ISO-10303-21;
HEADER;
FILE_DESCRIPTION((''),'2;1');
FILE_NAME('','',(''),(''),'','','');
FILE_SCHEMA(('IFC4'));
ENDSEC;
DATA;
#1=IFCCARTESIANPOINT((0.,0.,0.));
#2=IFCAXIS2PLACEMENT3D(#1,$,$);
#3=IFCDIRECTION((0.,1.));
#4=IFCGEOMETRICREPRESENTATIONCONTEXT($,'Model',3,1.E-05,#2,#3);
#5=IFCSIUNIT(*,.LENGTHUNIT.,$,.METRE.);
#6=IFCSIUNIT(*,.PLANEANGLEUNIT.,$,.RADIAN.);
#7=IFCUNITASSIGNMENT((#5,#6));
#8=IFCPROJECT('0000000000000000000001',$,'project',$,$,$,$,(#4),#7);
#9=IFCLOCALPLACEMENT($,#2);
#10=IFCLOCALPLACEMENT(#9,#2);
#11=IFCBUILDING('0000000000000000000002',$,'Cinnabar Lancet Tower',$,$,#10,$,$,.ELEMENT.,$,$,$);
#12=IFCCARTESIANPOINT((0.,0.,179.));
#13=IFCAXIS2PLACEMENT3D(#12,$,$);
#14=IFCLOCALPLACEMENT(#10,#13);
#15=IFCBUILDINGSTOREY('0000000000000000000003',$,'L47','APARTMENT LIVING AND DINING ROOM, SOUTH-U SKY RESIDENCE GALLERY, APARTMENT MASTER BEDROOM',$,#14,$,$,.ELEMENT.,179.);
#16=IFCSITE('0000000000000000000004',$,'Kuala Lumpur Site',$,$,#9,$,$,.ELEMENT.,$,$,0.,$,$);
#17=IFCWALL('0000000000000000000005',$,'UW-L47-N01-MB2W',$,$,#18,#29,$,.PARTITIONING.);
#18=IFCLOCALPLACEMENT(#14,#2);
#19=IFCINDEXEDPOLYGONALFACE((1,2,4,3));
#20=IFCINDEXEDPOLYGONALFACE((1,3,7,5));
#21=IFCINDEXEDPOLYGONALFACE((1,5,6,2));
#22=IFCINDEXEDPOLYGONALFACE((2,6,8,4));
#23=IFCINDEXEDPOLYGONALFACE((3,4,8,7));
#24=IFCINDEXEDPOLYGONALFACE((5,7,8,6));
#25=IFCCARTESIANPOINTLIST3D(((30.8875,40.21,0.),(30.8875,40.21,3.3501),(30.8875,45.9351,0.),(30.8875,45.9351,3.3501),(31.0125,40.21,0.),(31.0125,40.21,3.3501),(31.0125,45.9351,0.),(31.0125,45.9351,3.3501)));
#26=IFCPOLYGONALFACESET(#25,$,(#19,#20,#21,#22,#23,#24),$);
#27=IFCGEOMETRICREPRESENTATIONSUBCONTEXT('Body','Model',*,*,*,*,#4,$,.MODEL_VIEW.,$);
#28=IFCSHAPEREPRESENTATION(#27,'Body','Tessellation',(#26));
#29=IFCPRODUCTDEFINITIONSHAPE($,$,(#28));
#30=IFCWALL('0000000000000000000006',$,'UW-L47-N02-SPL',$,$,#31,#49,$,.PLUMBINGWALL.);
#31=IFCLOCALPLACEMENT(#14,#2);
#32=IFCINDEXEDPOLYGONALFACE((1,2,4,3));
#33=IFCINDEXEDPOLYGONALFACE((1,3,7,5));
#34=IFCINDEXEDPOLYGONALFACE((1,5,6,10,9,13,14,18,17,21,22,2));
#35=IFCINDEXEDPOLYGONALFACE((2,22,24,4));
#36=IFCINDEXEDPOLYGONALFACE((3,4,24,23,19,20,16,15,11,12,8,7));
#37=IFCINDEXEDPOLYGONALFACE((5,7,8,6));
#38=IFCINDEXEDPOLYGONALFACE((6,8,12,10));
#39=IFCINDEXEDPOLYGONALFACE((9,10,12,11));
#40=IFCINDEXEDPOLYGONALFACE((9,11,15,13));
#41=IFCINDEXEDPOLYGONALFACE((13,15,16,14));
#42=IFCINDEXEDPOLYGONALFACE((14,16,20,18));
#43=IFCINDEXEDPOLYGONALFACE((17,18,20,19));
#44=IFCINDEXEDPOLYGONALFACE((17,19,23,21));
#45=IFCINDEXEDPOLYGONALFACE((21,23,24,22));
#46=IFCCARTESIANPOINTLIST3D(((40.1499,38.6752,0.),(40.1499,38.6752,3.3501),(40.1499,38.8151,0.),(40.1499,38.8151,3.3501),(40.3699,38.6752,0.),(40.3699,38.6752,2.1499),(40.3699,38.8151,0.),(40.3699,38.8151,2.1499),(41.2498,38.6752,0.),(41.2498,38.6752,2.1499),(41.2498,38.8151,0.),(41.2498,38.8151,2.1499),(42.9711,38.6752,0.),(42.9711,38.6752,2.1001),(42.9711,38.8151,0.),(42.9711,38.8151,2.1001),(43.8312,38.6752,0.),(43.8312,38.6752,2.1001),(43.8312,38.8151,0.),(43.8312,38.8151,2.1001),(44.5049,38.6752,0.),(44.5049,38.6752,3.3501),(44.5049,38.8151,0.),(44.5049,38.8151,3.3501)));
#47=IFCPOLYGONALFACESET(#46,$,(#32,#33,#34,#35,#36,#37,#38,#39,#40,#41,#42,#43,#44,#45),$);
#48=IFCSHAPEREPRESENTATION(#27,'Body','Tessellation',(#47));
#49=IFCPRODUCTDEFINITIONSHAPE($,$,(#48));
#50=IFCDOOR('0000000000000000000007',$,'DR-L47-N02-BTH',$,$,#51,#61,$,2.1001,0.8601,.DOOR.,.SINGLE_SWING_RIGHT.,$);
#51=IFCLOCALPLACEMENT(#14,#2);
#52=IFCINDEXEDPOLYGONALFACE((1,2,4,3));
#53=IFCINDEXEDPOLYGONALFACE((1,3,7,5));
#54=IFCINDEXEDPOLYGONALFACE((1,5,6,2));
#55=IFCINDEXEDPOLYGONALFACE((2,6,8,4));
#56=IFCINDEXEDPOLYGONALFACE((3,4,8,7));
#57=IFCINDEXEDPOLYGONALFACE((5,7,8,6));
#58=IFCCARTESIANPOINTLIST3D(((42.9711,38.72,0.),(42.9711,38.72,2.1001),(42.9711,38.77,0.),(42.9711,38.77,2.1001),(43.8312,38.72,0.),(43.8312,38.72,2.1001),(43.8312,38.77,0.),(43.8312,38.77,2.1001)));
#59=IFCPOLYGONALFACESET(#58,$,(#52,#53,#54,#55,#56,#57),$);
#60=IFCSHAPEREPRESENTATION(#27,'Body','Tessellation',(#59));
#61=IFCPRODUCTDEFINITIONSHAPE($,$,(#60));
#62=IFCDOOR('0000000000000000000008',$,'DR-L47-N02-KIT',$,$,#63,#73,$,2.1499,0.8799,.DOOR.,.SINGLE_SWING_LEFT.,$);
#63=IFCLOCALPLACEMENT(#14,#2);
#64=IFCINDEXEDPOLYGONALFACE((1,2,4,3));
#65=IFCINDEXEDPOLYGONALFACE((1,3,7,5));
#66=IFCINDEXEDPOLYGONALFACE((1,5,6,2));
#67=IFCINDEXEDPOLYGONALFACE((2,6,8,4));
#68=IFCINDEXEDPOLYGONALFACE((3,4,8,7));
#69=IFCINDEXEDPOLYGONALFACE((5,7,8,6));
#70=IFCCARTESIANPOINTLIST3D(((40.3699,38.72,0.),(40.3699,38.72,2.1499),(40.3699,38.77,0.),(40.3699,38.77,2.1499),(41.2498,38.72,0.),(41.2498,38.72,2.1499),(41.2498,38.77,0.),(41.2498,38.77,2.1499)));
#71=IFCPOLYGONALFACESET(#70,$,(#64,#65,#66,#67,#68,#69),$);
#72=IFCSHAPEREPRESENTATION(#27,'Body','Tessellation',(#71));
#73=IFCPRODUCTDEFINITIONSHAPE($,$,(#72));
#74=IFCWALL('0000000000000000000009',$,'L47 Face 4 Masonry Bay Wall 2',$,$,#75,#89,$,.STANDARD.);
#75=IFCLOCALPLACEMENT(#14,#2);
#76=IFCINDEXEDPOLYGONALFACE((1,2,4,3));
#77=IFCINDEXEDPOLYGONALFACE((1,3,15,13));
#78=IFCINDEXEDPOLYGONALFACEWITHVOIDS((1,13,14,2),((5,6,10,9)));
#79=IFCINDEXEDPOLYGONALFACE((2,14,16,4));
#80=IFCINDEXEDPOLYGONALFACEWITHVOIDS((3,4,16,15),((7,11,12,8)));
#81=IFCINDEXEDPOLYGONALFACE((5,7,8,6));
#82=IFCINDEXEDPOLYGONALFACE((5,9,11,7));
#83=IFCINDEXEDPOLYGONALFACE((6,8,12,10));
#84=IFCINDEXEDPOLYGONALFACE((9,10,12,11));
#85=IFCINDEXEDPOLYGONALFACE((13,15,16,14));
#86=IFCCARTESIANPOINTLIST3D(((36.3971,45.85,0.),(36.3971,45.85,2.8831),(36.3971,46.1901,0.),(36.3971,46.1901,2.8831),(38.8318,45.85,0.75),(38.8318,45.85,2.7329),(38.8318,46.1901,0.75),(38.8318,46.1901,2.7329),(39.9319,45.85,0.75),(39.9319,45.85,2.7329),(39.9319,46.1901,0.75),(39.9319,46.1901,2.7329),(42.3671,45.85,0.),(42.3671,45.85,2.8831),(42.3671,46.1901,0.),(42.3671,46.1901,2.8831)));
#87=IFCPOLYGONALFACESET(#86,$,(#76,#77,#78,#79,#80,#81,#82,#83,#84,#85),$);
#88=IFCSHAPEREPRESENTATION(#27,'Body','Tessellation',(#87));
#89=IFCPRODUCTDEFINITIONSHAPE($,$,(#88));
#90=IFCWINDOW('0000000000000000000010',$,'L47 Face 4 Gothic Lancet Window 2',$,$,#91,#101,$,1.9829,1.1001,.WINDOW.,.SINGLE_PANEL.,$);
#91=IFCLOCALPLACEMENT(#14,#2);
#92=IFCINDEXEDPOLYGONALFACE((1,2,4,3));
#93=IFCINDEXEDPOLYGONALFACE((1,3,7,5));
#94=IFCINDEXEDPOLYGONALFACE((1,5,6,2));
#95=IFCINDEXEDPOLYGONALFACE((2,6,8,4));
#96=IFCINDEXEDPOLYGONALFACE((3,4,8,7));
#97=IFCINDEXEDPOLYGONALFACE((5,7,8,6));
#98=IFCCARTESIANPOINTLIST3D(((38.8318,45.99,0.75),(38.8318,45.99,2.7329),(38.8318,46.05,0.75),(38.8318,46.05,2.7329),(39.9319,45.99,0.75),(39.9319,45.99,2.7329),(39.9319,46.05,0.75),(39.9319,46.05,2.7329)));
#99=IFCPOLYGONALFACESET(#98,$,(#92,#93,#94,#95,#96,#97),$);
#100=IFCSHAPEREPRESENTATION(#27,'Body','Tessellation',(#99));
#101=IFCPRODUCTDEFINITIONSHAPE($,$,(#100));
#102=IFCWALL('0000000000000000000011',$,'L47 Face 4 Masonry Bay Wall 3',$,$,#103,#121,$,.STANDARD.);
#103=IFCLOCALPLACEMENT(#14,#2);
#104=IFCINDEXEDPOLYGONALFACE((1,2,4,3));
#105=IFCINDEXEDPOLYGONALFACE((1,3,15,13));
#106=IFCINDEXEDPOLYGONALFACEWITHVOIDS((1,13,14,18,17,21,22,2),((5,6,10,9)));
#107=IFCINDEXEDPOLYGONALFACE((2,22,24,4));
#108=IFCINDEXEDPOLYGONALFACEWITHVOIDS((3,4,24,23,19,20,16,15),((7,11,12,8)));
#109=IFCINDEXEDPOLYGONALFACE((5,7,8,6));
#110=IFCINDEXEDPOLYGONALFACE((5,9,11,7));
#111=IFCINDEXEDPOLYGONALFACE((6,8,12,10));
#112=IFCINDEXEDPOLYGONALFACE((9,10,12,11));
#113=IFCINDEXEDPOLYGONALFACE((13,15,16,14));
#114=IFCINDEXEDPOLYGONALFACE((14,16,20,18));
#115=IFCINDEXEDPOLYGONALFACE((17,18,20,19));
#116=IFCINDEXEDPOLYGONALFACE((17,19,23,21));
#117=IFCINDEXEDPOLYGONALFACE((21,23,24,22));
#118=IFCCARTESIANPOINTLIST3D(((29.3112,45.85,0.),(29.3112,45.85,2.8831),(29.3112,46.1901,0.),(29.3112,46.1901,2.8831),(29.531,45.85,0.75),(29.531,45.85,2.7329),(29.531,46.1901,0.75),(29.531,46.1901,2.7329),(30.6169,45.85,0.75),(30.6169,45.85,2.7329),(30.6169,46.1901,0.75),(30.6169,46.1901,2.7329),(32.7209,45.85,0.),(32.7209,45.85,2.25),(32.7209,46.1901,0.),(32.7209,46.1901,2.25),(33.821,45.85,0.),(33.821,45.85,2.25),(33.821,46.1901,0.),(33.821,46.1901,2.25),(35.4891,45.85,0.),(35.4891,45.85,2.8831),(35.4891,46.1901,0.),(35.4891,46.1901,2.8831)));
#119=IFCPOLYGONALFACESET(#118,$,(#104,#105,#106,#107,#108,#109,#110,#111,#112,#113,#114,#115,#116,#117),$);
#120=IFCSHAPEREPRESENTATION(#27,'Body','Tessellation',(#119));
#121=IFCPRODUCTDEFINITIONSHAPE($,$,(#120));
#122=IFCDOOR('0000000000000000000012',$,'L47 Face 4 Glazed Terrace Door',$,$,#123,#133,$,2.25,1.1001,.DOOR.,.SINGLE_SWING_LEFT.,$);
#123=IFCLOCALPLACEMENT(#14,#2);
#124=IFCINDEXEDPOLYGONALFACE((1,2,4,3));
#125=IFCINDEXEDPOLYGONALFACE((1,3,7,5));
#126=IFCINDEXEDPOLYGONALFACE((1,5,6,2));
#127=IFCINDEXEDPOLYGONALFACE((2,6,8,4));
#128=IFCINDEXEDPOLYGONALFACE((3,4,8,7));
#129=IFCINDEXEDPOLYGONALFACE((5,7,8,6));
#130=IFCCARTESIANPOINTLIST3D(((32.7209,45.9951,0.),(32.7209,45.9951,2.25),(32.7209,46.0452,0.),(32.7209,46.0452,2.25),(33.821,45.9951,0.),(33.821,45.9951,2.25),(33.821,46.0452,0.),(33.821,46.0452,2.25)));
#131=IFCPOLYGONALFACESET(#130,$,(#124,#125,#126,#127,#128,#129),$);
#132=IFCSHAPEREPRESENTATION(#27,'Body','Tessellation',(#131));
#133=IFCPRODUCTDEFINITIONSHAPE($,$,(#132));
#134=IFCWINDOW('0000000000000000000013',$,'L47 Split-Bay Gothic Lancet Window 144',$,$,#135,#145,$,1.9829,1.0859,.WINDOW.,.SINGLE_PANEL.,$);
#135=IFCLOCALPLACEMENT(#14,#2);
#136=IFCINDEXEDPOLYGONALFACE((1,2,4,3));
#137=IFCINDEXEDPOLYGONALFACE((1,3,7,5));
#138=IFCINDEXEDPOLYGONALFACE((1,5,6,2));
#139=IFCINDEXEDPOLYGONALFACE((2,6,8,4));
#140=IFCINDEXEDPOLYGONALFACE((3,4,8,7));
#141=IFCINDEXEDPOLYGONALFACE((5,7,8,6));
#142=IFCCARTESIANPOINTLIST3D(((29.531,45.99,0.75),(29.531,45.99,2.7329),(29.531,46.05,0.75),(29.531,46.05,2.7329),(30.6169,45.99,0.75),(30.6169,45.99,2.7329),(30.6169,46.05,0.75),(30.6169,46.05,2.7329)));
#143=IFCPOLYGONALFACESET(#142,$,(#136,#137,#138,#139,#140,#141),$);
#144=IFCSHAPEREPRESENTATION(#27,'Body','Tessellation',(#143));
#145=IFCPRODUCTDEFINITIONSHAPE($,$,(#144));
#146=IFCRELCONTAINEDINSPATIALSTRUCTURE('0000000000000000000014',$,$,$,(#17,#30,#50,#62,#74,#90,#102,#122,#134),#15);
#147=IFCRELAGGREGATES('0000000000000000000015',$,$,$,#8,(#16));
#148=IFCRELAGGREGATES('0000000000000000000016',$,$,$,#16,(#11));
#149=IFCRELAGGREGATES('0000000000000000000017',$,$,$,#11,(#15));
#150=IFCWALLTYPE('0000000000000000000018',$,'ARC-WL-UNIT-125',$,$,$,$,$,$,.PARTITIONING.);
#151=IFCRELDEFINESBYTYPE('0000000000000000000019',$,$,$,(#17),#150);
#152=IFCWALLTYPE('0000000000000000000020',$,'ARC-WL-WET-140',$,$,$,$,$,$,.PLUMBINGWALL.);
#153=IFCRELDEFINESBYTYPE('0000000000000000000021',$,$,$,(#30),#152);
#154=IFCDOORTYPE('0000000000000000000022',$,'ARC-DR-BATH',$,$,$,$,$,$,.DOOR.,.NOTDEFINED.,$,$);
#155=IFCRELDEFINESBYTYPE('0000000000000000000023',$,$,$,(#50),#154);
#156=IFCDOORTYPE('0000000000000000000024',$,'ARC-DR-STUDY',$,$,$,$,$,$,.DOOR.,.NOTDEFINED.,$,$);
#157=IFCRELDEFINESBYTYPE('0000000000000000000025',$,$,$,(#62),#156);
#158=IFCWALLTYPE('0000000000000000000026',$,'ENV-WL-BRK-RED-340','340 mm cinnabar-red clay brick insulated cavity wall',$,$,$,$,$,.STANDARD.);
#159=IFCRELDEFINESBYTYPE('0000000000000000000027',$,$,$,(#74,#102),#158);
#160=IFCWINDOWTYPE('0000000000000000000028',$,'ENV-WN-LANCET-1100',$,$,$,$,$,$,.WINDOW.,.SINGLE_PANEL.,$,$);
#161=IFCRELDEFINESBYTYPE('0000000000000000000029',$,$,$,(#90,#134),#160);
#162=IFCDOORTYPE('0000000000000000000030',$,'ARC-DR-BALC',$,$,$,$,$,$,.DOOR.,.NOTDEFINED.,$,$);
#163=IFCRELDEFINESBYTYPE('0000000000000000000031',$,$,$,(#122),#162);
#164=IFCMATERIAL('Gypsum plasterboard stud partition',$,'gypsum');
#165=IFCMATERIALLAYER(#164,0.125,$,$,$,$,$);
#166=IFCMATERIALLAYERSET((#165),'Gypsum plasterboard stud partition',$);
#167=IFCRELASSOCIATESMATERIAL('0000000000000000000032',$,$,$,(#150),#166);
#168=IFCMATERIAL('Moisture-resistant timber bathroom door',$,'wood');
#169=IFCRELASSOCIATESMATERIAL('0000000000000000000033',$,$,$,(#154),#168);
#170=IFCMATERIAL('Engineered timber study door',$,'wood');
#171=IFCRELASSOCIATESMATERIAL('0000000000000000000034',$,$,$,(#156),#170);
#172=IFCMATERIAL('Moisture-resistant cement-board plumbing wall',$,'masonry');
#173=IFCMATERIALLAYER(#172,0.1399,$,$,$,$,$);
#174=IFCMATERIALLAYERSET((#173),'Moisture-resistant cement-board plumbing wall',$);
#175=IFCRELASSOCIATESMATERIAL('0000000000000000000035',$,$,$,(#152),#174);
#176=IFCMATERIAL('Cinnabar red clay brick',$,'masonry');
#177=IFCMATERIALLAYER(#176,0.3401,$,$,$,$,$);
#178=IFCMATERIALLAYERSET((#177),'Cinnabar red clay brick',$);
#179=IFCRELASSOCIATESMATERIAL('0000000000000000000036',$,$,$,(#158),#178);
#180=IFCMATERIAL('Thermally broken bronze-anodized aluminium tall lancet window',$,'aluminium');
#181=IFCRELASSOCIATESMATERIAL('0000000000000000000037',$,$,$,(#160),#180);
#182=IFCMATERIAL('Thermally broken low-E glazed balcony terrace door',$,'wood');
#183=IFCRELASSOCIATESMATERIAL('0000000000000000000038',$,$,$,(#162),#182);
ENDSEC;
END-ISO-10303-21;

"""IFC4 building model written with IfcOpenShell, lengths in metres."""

from ifc_helpers import new_model, si_unit, direction, frame, frame_2d, origin, place, context, subcontext, project, spatial, rectangle, extrude, material, layer, layer_set, type_object, element, fill, save


model = new_model("IFC4")

# Units and contexts
model_context = context("Model", 3, precision=1e-05, world=origin(), true_north=direction((0.0, 1.0)))
body_context = subcontext(model_context, "Body", "Model", "MODEL_VIEW")
ifc_project = project(units=[si_unit("LENGTHUNIT", "METRE"), si_unit("PLANEANGLEUNIT", "RADIAN")], contexts=[model_context])

# Site, building, storey
site_placement = place(None, origin())
site = spatial("IfcSite", under=ifc_project, at=site_placement, Name="Kuala Lumpur Site", CompositionType="ELEMENT", RefElevation=0.0)
building_placement = place(site_placement, origin())
building = spatial("IfcBuilding", under=site, at=building_placement, Name="Cinnabar Lancet Tower", CompositionType="ELEMENT")
storey_placement = place(building_placement, frame((0.0, 0.0, 179.0)))
storey = spatial("IfcBuildingStorey", under=building, at=storey_placement, Name="L47", Description="APARTMENT LIVING AND DINING ROOM, SOUTH-U SKY RESIDENCE GALLERY, APARTMENT MASTER BEDROOM", CompositionType="ELEMENT", Elevation=179.0)

# Shared definitions
ifc_material_1 = material(Name="Gypsum plasterboard stud partition", Category="gypsum")
ifc_layer_1 = layer(ifc_material_1, 0.125)
ifc_layer_set_1 = layer_set([ifc_layer_1], Name="Gypsum plasterboard stud partition")
wall_type_1 = type_object("IfcWallType", Name="ARC-WL-UNIT-125", PredefinedType="PARTITIONING", material=ifc_layer_set_1)
ifc_material_2 = material(Name="Moisture-resistant timber bathroom door", Category="wood")
door_type_1 = type_object("IfcDoorType", Name="ARC-DR-BATH", OperationType="NOTDEFINED", PredefinedType="DOOR", material=ifc_material_2)

# Wall
wall_1_placement = place(storey_placement, frame((30.95, 40.21, 0.0), z_axis=(0.0, 0.0, 1.0), x_axis=(0.0, 1.0, 0.0)))
element("IfcWall", 1, at=wall_1_placement, inside=storey, type_object=wall_type_1, Name="UW-L47-N01-MB2W", PredefinedType="PARTITIONING", context=body_context, shape_type="SweptSolid", body=[
    extrude(rectangle(XDim=5.7251, YDim=0.125, at=frame_2d((2.8625, 0.0))), origin(), (0.0, 0.0, 1.0), 3.3501),
])

# Shared definitions
ifc_material_3 = material(Name="Engineered timber study door", Category="wood")
door_type_2 = type_object("IfcDoorType", Name="ARC-DR-STUDY", OperationType="NOTDEFINED", PredefinedType="DOOR", material=ifc_material_3)

# Wall, openings, doors
ifc_material_4 = material(Name="Moisture-resistant cement-board plumbing wall", Category="masonry")
ifc_layer_2 = layer(ifc_material_4, 0.1399)
ifc_layer_set_2 = layer_set([ifc_layer_2], Name="Moisture-resistant cement-board plumbing wall")
wall_type_2 = type_object("IfcWallType", Name="ARC-WL-WET-140", PredefinedType="PLUMBINGWALL", material=ifc_layer_set_2)
wall_2_placement = place(storey_placement, frame((40.1499, 38.7451, 0.0), z_axis=(0.0, 0.0, 1.0), x_axis=(1.0, 0.0, 0.0)))
wall_2 = element("IfcWall", 2, at=wall_2_placement, inside=storey, type_object=wall_type_2, Name="UW-L47-N02-SPL", PredefinedType="PLUMBINGWALL", context=body_context, shape_type="SweptSolid", body=[
    extrude(rectangle(XDim=4.355, YDim=0.1399, at=frame_2d((2.1775, 0.0))), origin(), (0.0, 0.0, 1.0), 3.3501),
])
opening_1_placement = place(wall_2_placement, frame((2.821, 0.0, 0.0)))
opening_1 = element("IfcOpeningElement", 3, at=opening_1_placement, cuts=wall_2, PredefinedType="OPENING", context=body_context, shape_type="SweptSolid", body=[
    extrude(rectangle(XDim=0.8601, YDim=2.1001, at=frame_2d((0.4302, 1.05))), frame((0.0, 0.0798, 0.0), z_axis=(0.0, -1.0, 0.0), x_axis=(1.0, 0.0, 0.0)), (0.0, 0.0, 1.0), 0.1599),
])
opening_2_placement = place(wall_2_placement, frame((0.22, 0.0, 0.0)))
opening_2 = element("IfcOpeningElement", 4, at=opening_2_placement, cuts=wall_2, PredefinedType="OPENING", context=body_context, shape_type="SweptSolid", body=[
    extrude(rectangle(XDim=0.8799, YDim=2.1499, at=frame_2d((0.4399, 1.075))), frame((0.0, 0.0798, 0.0), z_axis=(0.0, -1.0, 0.0), x_axis=(1.0, 0.0, 0.0)), (0.0, 0.0, 1.0), 0.1599),
])
door_1_placement = place(opening_1_placement, origin())
door_1 = element("IfcDoor", 5, at=door_1_placement, inside=storey, type_object=door_type_1, Name="DR-L47-N02-BTH", OperationType="SINGLE_SWING_RIGHT", OverallHeight=2.1001, OverallWidth=0.8601, PredefinedType="DOOR", context=body_context, shape_type="SweptSolid", body=[
    extrude(rectangle(XDim=0.8601, YDim=2.1001, at=frame_2d((0.4302, 1.05))), frame((0.0, 0.0249, 0.0), z_axis=(0.0, -1.0, 0.0), x_axis=(1.0, 0.0, 0.0)), (0.0, 0.0, 1.0), 0.05),
])
fill(opening_1, door_1)
door_2_placement = place(opening_2_placement, origin())
door_2 = element("IfcDoor", 6, at=door_2_placement, inside=storey, type_object=door_type_2, Name="DR-L47-N02-KIT", OperationType="SINGLE_SWING_LEFT", OverallHeight=2.1499, OverallWidth=0.8799, PredefinedType="DOOR", context=body_context, shape_type="SweptSolid", body=[
    extrude(rectangle(XDim=0.8799, YDim=2.1499, at=frame_2d((0.4399, 1.075))), frame((0.0, 0.0249, 0.0), z_axis=(0.0, -1.0, 0.0), x_axis=(1.0, 0.0, 0.0)), (0.0, 0.0, 1.0), 0.05),
])
fill(opening_2, door_2)

# Wall, opening, window
ifc_material_5 = material(Name="Cinnabar red clay brick", Category="masonry")
ifc_layer_3 = layer(ifc_material_5, 0.3401)
ifc_layer_set_3 = layer_set([ifc_layer_3], Name="Cinnabar red clay brick")
wall_type_3 = type_object("IfcWallType", Name="ENV-WL-BRK-RED-340", Description="340 mm cinnabar-red clay brick insulated cavity wall", PredefinedType="STANDARD", material=ifc_layer_set_3)
wall_3_placement = place(storey_placement, frame((42.3669, 46.02, 0.0), z_axis=(0.0, 0.0, 1.0), x_axis=(-1.0, 0.0, 0.0)))
wall_3 = element("IfcWall", 7, at=wall_3_placement, inside=storey, type_object=wall_type_3, Name="L47 Face 4 Masonry Bay Wall 2", PredefinedType="STANDARD", context=body_context, shape_type="SweptSolid", body=[
    extrude(rectangle(XDim=5.97, YDim=0.3401, at=frame_2d((2.9849, 0.0))), origin(), (0.0, 0.0, 1.0), 2.8831),
])
opening_3_placement = place(wall_3_placement, frame((2.4351, 0.0, 0.75)))
opening_3 = element("IfcOpeningElement", 8, at=opening_3_placement, cuts=wall_3, PredefinedType="OPENING", context=body_context, shape_type="SweptSolid", body=[
    extrude(rectangle(XDim=1.1001, YDim=1.9829, at=frame_2d((0.55, 0.9915))), frame((0.0, 0.1799, 0.0), z_axis=(0.0, -1.0, 0.0), x_axis=(1.0, 0.0, 0.0)), (0.0, 0.0, 1.0), 0.3601),
])
ifc_material_6 = material(Name="Thermally broken bronze-anodized aluminium tall lancet window", Category="aluminium")
window_type = type_object("IfcWindowType", Name="ENV-WN-LANCET-1100", PartitioningType="SINGLE_PANEL", PredefinedType="WINDOW", material=ifc_material_6)
window_1_placement = place(opening_3_placement, origin())
window_1 = element("IfcWindow", 9, at=window_1_placement, inside=storey, type_object=window_type, Name="L47 Face 4 Gothic Lancet Window 2", OverallHeight=1.9829, OverallWidth=1.1001, PartitioningType="SINGLE_PANEL", PredefinedType="WINDOW", context=body_context, shape_type="SweptSolid", body=[
    extrude(rectangle(XDim=1.1001, YDim=1.9829, at=frame_2d((0.55, 0.9915))), frame((0.0, 0.03, 0.0), z_axis=(0.0, -1.0, 0.0), x_axis=(1.0, 0.0, 0.0)), (0.0, 0.0, 1.0), 0.0601),
])
fill(opening_3, window_1)

# Wall, openings, door, window
wall_4_placement = place(storey_placement, frame((35.489, 46.02, 0.0), z_axis=(0.0, 0.0, 1.0), x_axis=(-1.0, 0.0, 0.0)))
wall_4 = element("IfcWall", 10, at=wall_4_placement, inside=storey, type_object=wall_type_3, Name="L47 Face 4 Masonry Bay Wall 3", PredefinedType="STANDARD", context=body_context, shape_type="SweptSolid", body=[
    extrude(rectangle(XDim=6.178, YDim=0.3401, at=frame_2d((3.0889, 0.0))), origin(), (0.0, 0.0, 1.0), 2.8831),
])
opening_4_placement = place(wall_4_placement, frame((1.668, 0.0, 0.0)))
opening_4 = element("IfcOpeningElement", 11, at=opening_4_placement, cuts=wall_4, PredefinedType="OPENING", context=body_context, shape_type="SweptSolid", body=[
    extrude(rectangle(XDim=1.1001, YDim=2.25, at=frame_2d((0.55, 1.125))), frame((0.0, 0.1799, 0.0), z_axis=(0.0, -1.0, 0.0), x_axis=(1.0, 0.0, 0.0)), (0.0, 0.0, 1.0), 0.3601),
])
opening_5_placement = place(wall_4_placement, frame((4.8721, 0.0, 0.75)))
opening_5 = element("IfcOpeningElement", 12, at=opening_5_placement, cuts=wall_4, PredefinedType="OPENING", context=body_context, shape_type="SweptSolid", body=[
    extrude(rectangle(XDim=1.0859, YDim=1.9829, at=frame_2d((0.543, 0.9915))), frame((0.0, 0.1799, 0.0), z_axis=(0.0, -1.0, 0.0), x_axis=(1.0, 0.0, 0.0)), (0.0, 0.0, 1.0), 0.3601),
])
ifc_material_7 = material(Name="Thermally broken low-E glazed balcony terrace door", Category="wood")
door_type_3 = type_object("IfcDoorType", Name="ARC-DR-BALC", OperationType="NOTDEFINED", PredefinedType="DOOR", material=ifc_material_7)
door_3_placement = place(opening_4_placement, origin())
door_3 = element("IfcDoor", 13, at=door_3_placement, inside=storey, type_object=door_type_3, Name="L47 Face 4 Glazed Terrace Door", OperationType="SINGLE_SWING_LEFT", OverallHeight=2.25, OverallWidth=1.1001, PredefinedType="DOOR", context=body_context, shape_type="SweptSolid", body=[
    extrude(rectangle(XDim=1.1001, YDim=2.25, at=frame_2d((0.55, 1.125))), frame((0.0, 0.0249, 0.0), z_axis=(0.0, -1.0, 0.0), x_axis=(1.0, 0.0, 0.0)), (0.0, 0.0, 1.0), 0.05),
])
fill(opening_4, door_3)
window_2_placement = place(opening_5_placement, origin())
window_2 = element("IfcWindow", 14, at=window_2_placement, inside=storey, type_object=window_type, Name="L47 Split-Bay Gothic Lancet Window 144", OverallHeight=1.9829, OverallWidth=1.0859, PartitioningType="SINGLE_PANEL", PredefinedType="WINDOW", context=body_context, shape_type="SweptSolid", body=[
    extrude(rectangle(XDim=1.0859, YDim=1.9829, at=frame_2d((0.543, 0.9915))), frame((0.0, 0.03, 0.0), z_axis=(0.0, -1.0, 0.0), x_axis=(1.0, 0.0, 0.0)), (0.0, 0.0, 1.0), 0.0601),
])
fill(opening_5, window_2)

save(model, "model.ifc")
